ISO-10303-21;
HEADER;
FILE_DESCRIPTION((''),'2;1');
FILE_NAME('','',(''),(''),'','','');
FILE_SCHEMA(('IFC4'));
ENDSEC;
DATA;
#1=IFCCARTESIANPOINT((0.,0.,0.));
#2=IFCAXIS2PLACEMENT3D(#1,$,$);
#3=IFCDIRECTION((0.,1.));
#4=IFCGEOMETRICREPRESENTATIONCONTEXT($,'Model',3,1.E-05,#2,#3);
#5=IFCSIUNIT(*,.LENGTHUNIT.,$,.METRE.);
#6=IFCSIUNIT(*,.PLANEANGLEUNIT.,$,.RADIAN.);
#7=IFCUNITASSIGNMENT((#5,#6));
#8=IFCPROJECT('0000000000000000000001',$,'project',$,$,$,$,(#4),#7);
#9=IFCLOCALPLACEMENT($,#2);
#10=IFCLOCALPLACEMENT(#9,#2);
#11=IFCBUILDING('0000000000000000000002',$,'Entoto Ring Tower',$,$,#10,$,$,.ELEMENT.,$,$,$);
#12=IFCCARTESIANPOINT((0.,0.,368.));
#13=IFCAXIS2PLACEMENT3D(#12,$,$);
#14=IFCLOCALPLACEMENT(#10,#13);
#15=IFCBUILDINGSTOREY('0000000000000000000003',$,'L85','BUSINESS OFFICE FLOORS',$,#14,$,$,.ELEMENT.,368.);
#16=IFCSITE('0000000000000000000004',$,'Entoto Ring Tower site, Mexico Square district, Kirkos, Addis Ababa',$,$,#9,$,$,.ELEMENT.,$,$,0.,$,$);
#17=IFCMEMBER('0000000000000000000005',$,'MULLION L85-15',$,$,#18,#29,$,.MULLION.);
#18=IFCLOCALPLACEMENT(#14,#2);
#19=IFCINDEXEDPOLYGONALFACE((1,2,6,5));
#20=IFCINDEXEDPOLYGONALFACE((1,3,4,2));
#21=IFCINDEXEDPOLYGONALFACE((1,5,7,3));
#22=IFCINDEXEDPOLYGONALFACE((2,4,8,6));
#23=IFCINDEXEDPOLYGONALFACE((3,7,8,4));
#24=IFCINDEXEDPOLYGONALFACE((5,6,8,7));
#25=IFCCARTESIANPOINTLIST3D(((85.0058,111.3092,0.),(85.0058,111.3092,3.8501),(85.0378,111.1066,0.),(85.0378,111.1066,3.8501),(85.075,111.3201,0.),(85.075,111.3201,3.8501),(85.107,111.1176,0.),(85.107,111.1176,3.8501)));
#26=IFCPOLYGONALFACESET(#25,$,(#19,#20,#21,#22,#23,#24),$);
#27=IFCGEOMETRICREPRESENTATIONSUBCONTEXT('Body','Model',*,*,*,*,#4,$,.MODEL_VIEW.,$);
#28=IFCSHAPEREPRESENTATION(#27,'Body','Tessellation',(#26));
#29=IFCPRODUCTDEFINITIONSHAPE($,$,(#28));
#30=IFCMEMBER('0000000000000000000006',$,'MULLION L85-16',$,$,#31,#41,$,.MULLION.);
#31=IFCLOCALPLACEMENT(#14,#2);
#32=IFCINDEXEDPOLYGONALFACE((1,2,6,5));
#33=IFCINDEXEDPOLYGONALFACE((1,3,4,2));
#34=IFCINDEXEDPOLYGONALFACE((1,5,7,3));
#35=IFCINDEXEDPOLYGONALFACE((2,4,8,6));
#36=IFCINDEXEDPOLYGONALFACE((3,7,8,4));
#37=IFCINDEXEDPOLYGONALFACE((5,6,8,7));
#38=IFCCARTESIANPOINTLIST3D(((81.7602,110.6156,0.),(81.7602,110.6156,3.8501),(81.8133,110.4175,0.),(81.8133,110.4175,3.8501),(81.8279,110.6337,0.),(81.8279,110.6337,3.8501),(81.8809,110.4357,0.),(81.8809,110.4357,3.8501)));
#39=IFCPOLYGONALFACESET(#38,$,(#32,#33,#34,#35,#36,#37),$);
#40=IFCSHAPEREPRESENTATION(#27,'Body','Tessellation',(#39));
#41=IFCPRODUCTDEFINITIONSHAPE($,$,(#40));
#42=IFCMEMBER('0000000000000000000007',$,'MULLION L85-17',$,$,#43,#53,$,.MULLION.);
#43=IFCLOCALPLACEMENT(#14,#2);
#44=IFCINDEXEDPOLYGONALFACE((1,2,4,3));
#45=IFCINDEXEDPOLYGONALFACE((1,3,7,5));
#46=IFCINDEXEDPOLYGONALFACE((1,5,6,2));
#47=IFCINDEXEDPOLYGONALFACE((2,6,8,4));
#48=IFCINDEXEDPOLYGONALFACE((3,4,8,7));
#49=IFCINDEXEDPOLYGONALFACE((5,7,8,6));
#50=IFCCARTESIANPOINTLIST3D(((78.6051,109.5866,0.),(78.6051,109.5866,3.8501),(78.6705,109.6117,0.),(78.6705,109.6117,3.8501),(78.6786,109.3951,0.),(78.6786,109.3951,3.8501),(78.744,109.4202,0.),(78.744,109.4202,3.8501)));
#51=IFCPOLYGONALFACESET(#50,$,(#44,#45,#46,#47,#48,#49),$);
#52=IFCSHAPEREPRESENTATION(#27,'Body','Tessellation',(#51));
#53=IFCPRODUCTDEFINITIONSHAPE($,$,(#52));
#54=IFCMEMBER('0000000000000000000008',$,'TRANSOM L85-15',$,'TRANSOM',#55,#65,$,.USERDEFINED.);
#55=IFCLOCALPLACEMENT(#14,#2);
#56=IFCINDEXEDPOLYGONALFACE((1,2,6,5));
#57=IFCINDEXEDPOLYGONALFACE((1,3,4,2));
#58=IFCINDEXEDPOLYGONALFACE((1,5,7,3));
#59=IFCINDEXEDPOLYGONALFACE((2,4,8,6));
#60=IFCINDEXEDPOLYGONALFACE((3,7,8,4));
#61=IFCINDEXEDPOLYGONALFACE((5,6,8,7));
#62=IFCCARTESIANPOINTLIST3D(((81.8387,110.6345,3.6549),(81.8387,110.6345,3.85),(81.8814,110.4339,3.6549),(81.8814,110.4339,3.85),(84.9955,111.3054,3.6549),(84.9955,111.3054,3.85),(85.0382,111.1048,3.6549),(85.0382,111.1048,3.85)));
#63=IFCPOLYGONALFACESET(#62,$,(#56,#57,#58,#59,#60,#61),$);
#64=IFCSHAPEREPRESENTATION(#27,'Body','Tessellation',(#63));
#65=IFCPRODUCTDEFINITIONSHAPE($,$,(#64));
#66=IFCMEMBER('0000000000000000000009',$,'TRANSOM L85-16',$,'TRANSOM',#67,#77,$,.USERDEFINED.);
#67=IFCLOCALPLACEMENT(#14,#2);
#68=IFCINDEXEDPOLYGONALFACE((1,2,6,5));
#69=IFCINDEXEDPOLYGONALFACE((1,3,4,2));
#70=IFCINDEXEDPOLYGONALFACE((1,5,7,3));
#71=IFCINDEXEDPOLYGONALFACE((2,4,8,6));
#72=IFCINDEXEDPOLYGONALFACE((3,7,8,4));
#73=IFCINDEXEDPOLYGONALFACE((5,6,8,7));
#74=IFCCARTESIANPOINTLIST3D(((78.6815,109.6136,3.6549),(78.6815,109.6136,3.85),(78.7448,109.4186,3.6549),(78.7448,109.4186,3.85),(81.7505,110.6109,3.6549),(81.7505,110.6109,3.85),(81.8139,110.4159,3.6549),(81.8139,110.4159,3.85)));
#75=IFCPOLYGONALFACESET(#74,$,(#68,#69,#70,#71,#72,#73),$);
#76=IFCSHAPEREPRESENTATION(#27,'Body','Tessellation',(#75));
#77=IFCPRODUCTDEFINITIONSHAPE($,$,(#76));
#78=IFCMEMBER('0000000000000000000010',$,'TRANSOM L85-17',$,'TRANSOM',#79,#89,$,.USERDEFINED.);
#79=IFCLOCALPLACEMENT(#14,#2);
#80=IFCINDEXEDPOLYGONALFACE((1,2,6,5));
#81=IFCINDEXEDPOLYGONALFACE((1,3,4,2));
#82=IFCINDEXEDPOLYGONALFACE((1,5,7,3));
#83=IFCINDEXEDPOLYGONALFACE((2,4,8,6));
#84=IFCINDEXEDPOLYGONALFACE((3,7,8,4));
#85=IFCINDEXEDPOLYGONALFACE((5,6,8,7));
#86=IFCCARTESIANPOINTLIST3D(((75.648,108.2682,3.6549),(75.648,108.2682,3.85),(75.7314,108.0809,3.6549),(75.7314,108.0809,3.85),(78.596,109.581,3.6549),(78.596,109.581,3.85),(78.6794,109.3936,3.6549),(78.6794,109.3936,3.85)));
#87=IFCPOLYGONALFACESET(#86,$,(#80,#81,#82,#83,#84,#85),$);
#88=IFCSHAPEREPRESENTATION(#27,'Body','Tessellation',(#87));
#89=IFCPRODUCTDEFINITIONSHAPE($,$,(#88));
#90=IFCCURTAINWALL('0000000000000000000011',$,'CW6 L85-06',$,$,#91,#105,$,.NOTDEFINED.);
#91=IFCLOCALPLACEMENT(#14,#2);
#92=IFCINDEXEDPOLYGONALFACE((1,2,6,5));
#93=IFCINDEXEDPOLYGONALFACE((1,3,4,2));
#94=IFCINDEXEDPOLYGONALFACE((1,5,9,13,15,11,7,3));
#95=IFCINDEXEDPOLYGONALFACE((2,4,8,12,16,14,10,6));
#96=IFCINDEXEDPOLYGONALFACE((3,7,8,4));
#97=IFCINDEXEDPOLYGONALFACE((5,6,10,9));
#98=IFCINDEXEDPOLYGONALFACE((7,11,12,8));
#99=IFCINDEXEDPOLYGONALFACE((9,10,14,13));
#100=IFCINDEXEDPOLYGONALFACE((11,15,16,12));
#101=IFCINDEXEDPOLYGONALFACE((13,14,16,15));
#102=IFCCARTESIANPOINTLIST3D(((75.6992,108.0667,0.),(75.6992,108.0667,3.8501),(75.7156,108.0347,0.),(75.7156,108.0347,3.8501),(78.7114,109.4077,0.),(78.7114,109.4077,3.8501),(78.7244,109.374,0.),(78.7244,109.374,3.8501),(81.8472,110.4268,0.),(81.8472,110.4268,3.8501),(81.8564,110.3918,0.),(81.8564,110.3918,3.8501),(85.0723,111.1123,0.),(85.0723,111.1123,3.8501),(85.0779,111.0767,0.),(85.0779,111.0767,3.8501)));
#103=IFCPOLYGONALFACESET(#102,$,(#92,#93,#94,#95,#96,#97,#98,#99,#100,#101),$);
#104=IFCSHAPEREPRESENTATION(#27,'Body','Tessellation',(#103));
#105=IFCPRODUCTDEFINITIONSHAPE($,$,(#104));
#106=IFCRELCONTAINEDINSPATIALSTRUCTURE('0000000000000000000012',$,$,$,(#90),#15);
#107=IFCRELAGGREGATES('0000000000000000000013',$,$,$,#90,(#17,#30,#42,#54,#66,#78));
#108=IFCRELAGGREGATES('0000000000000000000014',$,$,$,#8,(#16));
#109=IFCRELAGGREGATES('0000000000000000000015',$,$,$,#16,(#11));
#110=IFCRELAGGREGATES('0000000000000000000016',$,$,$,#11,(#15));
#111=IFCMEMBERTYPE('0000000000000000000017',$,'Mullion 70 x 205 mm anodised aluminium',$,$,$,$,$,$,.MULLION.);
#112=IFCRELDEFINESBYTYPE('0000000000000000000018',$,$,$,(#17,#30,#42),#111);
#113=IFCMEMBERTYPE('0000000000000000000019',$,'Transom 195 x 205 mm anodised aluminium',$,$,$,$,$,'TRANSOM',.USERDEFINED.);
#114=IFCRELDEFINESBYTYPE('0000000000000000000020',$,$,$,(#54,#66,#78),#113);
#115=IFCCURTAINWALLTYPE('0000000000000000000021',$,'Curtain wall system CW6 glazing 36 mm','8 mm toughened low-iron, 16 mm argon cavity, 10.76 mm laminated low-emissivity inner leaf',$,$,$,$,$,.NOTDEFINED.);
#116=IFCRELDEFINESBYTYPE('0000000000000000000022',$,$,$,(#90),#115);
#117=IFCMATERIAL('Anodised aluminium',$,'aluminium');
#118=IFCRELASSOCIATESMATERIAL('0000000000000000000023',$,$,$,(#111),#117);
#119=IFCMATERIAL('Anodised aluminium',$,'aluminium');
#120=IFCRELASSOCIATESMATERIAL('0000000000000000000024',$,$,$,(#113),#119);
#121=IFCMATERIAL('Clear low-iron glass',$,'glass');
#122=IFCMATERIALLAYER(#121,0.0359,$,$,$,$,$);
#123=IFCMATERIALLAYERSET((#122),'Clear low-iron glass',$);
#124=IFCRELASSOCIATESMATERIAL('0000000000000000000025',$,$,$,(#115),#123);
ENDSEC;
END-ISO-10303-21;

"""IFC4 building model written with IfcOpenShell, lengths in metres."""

from ifc_helpers import new_model, si_unit, direction, frame, origin, origin_2d, place, context, subcontext, project, spatial, polyline, rectangle, outline, extrude, material, layer, layer_set, material_profile, profile_set, type_object, element, aggregate, save


model = new_model("IFC4")

# Units and contexts
model_context = context("Model", 3, precision=1e-05, world=origin(), true_north=direction((0.0, 1.0)))
body_context = subcontext(model_context, "Body", "Model", "MODEL_VIEW")
ifc_project = project(units=[si_unit("LENGTHUNIT", "METRE"), si_unit("PLANEANGLEUNIT", "RADIAN")], contexts=[model_context])

# Members
ifc_material_1 = material(Name="Anodised aluminium", Category="aluminium")
ifc_material_profile_1 = material_profile(ifc_material_1, rectangle(XDim=0.0701, YDim=0.2051, at=origin_2d()), Name="Mullion 70 x 205 mm anodised aluminium")
ifc_profile_set_1 = profile_set([ifc_material_profile_1], Name="Anodised aluminium")
member_type_1 = type_object("IfcMemberType", Name="Mullion 70 x 205 mm anodised aluminium", PredefinedType="MULLION", material=ifc_profile_set_1)
site_placement = place(None, origin())
building_placement = place(site_placement, origin())
storey_placement = place(building_placement, frame((0.0, 0.0, 368.0)))
member_1_placement = place(storey_placement, frame((85.0564, 111.2134, 0.0), z_axis=(0.0, 0.0, 1.0), x_axis=(-0.987688, -0.156434, 0.0)))
member_1 = element("IfcMember", 1, at=member_1_placement, type_object=member_type_1, Name="MULLION L85-15", PredefinedType="MULLION", context=body_context, shape_type="SweptSolid", body=[
    extrude(rectangle(XDim=0.0701, YDim=0.2051, at=origin_2d()), origin(), (0.0, 0.0, 1.0), 3.8501),
])
member_2_placement = place(storey_placement, frame((81.8206, 110.5256, 0.0), z_axis=(0.0, 0.0, 1.0), x_axis=(-0.965926, -0.258819, 0.0)))
member_2 = element("IfcMember", 2, at=member_2_placement, type_object=member_type_1, Name="MULLION L85-16", PredefinedType="MULLION", context=body_context, shape_type="SweptSolid", body=[
    extrude(rectangle(XDim=0.0701, YDim=0.2051, at=origin_2d()), origin(), (0.0, 0.0, 1.0), 3.8501),
])
member_3_placement = place(storey_placement, frame((78.6746, 109.5034, 0.0), z_axis=(0.0, 0.0, 1.0), x_axis=(-0.93358, -0.358368, 0.0)))
member_3 = element("IfcMember", 3, at=member_3_placement, type_object=member_type_1, Name="MULLION L85-17", PredefinedType="MULLION", context=body_context, shape_type="SweptSolid", body=[
    extrude(rectangle(XDim=0.0701, YDim=0.2051, at=origin_2d()), origin(), (0.0, 0.0, 1.0), 3.8501),
])
ifc_material_2 = material(Name="Anodised aluminium", Category="aluminium")
ifc_material_profile_2 = material_profile(ifc_material_2, rectangle(XDim=0.2051, YDim=0.1951, at=origin_2d()), Name="Transom 195 x 205 mm anodised aluminium")
ifc_profile_set_2 = profile_set([ifc_material_profile_2], Name="Anodised aluminium")
member_type_2 = type_object("IfcMemberType", Name="Transom 195 x 205 mm anodised aluminium", ElementType="TRANSOM", PredefinedType="USERDEFINED", material=ifc_profile_set_2)
member_4_placement = place(storey_placement, frame((85.0168, 111.2051, 3.7524), z_axis=(-0.978153, -0.207886, 0.0), x_axis=(0.207886, -0.978153, 0.0)))
member_4 = element("IfcMember", 4, at=member_4_placement, type_object=member_type_2, Name="TRANSOM L85-15", ObjectType="TRANSOM", PredefinedType="USERDEFINED", context=body_context, shape_type="SweptSolid", body=[
    extrude(rectangle(XDim=0.2051, YDim=0.1951, at=origin_2d()), origin(), (0.0, 0.0, 1.0), 3.2273),
])
member_5_placement = place(storey_placement, frame((81.7822, 110.5134, 3.7524), z_axis=(-0.951047, -0.309047, 0.0), x_axis=(0.309047, -0.951047, 0.0)))
member_5 = element("IfcMember", 5, at=member_5_placement, type_object=member_type_2, Name="TRANSOM L85-16", ObjectType="TRANSOM", PredefinedType="USERDEFINED", context=body_context, shape_type="SweptSolid", body=[
    extrude(rectangle(XDim=0.2051, YDim=0.1951, at=origin_2d()), origin(), (0.0, 0.0, 1.0), 3.2271),
])
member_6_placement = place(storey_placement, frame((78.6377, 109.4873, 3.7524), z_axis=(-0.913521, -0.406791, 0.0), x_axis=(0.406791, -0.913521, 0.0)))
member_6 = element("IfcMember", 6, at=member_6_placement, type_object=member_type_2, Name="TRANSOM L85-17", ObjectType="TRANSOM", PredefinedType="USERDEFINED", context=body_context, shape_type="SweptSolid", body=[
    extrude(rectangle(XDim=0.2051, YDim=0.1951, at=origin_2d()), origin(), (0.0, 0.0, 1.0), 3.2271),
])

# Site, building, storey
site = spatial("IfcSite", under=ifc_project, at=site_placement, Name="Entoto Ring Tower site, Mexico Square district, Kirkos, Addis Ababa", CompositionType="ELEMENT", RefElevation=0.0)
building = spatial("IfcBuilding", under=site, at=building_placement, Name="Entoto Ring Tower", CompositionType="ELEMENT")
storey = spatial("IfcBuildingStorey", under=building, at=storey_placement, Name="L85", Description="BUSINESS OFFICE FLOORS", CompositionType="ELEMENT", Elevation=368.0)

# Curtain wall
ifc_material_3 = material(Name="Clear low-iron glass", Category="glass")
ifc_layer = layer(ifc_material_3, 0.0359)
ifc_layer_set = layer_set([ifc_layer], Name="Clear low-iron glass")
curtain_wall_type = type_object("IfcCurtainWallType", Name="Curtain wall system CW6 glazing 36 mm", Description="8 mm toughened low-iron, 16 mm argon cavity, 10.76 mm laminated low-emissivity inner leaf", PredefinedType="NOTDEFINED", material=ifc_layer_set)
curtain_wall_1_placement = place(storey_placement, origin())
curtain_wall_1 = element("IfcCurtainWall", 7, at=curtain_wall_1_placement, inside=storey, type_object=curtain_wall_type, Name="CW6 L85-06", PredefinedType="NOTDEFINED", context=body_context, shape_type="SweptSolid", body=[
    extrude(outline(polyline([(85.0723, 111.1123), (81.8472, 110.4268), (78.7114, 109.4077), (75.6992, 108.0667), (75.7156, 108.0347), (78.7244, 109.374), (81.8564, 110.3918), (85.0779, 111.0767), (85.0723, 111.1123)])), origin(), (0.0, 0.0, 1.0), 3.8501),
])
aggregate(curtain_wall_1, [member_1, member_2, member_3, member_4, member_5, member_6])

save(model, "model.ifc")
